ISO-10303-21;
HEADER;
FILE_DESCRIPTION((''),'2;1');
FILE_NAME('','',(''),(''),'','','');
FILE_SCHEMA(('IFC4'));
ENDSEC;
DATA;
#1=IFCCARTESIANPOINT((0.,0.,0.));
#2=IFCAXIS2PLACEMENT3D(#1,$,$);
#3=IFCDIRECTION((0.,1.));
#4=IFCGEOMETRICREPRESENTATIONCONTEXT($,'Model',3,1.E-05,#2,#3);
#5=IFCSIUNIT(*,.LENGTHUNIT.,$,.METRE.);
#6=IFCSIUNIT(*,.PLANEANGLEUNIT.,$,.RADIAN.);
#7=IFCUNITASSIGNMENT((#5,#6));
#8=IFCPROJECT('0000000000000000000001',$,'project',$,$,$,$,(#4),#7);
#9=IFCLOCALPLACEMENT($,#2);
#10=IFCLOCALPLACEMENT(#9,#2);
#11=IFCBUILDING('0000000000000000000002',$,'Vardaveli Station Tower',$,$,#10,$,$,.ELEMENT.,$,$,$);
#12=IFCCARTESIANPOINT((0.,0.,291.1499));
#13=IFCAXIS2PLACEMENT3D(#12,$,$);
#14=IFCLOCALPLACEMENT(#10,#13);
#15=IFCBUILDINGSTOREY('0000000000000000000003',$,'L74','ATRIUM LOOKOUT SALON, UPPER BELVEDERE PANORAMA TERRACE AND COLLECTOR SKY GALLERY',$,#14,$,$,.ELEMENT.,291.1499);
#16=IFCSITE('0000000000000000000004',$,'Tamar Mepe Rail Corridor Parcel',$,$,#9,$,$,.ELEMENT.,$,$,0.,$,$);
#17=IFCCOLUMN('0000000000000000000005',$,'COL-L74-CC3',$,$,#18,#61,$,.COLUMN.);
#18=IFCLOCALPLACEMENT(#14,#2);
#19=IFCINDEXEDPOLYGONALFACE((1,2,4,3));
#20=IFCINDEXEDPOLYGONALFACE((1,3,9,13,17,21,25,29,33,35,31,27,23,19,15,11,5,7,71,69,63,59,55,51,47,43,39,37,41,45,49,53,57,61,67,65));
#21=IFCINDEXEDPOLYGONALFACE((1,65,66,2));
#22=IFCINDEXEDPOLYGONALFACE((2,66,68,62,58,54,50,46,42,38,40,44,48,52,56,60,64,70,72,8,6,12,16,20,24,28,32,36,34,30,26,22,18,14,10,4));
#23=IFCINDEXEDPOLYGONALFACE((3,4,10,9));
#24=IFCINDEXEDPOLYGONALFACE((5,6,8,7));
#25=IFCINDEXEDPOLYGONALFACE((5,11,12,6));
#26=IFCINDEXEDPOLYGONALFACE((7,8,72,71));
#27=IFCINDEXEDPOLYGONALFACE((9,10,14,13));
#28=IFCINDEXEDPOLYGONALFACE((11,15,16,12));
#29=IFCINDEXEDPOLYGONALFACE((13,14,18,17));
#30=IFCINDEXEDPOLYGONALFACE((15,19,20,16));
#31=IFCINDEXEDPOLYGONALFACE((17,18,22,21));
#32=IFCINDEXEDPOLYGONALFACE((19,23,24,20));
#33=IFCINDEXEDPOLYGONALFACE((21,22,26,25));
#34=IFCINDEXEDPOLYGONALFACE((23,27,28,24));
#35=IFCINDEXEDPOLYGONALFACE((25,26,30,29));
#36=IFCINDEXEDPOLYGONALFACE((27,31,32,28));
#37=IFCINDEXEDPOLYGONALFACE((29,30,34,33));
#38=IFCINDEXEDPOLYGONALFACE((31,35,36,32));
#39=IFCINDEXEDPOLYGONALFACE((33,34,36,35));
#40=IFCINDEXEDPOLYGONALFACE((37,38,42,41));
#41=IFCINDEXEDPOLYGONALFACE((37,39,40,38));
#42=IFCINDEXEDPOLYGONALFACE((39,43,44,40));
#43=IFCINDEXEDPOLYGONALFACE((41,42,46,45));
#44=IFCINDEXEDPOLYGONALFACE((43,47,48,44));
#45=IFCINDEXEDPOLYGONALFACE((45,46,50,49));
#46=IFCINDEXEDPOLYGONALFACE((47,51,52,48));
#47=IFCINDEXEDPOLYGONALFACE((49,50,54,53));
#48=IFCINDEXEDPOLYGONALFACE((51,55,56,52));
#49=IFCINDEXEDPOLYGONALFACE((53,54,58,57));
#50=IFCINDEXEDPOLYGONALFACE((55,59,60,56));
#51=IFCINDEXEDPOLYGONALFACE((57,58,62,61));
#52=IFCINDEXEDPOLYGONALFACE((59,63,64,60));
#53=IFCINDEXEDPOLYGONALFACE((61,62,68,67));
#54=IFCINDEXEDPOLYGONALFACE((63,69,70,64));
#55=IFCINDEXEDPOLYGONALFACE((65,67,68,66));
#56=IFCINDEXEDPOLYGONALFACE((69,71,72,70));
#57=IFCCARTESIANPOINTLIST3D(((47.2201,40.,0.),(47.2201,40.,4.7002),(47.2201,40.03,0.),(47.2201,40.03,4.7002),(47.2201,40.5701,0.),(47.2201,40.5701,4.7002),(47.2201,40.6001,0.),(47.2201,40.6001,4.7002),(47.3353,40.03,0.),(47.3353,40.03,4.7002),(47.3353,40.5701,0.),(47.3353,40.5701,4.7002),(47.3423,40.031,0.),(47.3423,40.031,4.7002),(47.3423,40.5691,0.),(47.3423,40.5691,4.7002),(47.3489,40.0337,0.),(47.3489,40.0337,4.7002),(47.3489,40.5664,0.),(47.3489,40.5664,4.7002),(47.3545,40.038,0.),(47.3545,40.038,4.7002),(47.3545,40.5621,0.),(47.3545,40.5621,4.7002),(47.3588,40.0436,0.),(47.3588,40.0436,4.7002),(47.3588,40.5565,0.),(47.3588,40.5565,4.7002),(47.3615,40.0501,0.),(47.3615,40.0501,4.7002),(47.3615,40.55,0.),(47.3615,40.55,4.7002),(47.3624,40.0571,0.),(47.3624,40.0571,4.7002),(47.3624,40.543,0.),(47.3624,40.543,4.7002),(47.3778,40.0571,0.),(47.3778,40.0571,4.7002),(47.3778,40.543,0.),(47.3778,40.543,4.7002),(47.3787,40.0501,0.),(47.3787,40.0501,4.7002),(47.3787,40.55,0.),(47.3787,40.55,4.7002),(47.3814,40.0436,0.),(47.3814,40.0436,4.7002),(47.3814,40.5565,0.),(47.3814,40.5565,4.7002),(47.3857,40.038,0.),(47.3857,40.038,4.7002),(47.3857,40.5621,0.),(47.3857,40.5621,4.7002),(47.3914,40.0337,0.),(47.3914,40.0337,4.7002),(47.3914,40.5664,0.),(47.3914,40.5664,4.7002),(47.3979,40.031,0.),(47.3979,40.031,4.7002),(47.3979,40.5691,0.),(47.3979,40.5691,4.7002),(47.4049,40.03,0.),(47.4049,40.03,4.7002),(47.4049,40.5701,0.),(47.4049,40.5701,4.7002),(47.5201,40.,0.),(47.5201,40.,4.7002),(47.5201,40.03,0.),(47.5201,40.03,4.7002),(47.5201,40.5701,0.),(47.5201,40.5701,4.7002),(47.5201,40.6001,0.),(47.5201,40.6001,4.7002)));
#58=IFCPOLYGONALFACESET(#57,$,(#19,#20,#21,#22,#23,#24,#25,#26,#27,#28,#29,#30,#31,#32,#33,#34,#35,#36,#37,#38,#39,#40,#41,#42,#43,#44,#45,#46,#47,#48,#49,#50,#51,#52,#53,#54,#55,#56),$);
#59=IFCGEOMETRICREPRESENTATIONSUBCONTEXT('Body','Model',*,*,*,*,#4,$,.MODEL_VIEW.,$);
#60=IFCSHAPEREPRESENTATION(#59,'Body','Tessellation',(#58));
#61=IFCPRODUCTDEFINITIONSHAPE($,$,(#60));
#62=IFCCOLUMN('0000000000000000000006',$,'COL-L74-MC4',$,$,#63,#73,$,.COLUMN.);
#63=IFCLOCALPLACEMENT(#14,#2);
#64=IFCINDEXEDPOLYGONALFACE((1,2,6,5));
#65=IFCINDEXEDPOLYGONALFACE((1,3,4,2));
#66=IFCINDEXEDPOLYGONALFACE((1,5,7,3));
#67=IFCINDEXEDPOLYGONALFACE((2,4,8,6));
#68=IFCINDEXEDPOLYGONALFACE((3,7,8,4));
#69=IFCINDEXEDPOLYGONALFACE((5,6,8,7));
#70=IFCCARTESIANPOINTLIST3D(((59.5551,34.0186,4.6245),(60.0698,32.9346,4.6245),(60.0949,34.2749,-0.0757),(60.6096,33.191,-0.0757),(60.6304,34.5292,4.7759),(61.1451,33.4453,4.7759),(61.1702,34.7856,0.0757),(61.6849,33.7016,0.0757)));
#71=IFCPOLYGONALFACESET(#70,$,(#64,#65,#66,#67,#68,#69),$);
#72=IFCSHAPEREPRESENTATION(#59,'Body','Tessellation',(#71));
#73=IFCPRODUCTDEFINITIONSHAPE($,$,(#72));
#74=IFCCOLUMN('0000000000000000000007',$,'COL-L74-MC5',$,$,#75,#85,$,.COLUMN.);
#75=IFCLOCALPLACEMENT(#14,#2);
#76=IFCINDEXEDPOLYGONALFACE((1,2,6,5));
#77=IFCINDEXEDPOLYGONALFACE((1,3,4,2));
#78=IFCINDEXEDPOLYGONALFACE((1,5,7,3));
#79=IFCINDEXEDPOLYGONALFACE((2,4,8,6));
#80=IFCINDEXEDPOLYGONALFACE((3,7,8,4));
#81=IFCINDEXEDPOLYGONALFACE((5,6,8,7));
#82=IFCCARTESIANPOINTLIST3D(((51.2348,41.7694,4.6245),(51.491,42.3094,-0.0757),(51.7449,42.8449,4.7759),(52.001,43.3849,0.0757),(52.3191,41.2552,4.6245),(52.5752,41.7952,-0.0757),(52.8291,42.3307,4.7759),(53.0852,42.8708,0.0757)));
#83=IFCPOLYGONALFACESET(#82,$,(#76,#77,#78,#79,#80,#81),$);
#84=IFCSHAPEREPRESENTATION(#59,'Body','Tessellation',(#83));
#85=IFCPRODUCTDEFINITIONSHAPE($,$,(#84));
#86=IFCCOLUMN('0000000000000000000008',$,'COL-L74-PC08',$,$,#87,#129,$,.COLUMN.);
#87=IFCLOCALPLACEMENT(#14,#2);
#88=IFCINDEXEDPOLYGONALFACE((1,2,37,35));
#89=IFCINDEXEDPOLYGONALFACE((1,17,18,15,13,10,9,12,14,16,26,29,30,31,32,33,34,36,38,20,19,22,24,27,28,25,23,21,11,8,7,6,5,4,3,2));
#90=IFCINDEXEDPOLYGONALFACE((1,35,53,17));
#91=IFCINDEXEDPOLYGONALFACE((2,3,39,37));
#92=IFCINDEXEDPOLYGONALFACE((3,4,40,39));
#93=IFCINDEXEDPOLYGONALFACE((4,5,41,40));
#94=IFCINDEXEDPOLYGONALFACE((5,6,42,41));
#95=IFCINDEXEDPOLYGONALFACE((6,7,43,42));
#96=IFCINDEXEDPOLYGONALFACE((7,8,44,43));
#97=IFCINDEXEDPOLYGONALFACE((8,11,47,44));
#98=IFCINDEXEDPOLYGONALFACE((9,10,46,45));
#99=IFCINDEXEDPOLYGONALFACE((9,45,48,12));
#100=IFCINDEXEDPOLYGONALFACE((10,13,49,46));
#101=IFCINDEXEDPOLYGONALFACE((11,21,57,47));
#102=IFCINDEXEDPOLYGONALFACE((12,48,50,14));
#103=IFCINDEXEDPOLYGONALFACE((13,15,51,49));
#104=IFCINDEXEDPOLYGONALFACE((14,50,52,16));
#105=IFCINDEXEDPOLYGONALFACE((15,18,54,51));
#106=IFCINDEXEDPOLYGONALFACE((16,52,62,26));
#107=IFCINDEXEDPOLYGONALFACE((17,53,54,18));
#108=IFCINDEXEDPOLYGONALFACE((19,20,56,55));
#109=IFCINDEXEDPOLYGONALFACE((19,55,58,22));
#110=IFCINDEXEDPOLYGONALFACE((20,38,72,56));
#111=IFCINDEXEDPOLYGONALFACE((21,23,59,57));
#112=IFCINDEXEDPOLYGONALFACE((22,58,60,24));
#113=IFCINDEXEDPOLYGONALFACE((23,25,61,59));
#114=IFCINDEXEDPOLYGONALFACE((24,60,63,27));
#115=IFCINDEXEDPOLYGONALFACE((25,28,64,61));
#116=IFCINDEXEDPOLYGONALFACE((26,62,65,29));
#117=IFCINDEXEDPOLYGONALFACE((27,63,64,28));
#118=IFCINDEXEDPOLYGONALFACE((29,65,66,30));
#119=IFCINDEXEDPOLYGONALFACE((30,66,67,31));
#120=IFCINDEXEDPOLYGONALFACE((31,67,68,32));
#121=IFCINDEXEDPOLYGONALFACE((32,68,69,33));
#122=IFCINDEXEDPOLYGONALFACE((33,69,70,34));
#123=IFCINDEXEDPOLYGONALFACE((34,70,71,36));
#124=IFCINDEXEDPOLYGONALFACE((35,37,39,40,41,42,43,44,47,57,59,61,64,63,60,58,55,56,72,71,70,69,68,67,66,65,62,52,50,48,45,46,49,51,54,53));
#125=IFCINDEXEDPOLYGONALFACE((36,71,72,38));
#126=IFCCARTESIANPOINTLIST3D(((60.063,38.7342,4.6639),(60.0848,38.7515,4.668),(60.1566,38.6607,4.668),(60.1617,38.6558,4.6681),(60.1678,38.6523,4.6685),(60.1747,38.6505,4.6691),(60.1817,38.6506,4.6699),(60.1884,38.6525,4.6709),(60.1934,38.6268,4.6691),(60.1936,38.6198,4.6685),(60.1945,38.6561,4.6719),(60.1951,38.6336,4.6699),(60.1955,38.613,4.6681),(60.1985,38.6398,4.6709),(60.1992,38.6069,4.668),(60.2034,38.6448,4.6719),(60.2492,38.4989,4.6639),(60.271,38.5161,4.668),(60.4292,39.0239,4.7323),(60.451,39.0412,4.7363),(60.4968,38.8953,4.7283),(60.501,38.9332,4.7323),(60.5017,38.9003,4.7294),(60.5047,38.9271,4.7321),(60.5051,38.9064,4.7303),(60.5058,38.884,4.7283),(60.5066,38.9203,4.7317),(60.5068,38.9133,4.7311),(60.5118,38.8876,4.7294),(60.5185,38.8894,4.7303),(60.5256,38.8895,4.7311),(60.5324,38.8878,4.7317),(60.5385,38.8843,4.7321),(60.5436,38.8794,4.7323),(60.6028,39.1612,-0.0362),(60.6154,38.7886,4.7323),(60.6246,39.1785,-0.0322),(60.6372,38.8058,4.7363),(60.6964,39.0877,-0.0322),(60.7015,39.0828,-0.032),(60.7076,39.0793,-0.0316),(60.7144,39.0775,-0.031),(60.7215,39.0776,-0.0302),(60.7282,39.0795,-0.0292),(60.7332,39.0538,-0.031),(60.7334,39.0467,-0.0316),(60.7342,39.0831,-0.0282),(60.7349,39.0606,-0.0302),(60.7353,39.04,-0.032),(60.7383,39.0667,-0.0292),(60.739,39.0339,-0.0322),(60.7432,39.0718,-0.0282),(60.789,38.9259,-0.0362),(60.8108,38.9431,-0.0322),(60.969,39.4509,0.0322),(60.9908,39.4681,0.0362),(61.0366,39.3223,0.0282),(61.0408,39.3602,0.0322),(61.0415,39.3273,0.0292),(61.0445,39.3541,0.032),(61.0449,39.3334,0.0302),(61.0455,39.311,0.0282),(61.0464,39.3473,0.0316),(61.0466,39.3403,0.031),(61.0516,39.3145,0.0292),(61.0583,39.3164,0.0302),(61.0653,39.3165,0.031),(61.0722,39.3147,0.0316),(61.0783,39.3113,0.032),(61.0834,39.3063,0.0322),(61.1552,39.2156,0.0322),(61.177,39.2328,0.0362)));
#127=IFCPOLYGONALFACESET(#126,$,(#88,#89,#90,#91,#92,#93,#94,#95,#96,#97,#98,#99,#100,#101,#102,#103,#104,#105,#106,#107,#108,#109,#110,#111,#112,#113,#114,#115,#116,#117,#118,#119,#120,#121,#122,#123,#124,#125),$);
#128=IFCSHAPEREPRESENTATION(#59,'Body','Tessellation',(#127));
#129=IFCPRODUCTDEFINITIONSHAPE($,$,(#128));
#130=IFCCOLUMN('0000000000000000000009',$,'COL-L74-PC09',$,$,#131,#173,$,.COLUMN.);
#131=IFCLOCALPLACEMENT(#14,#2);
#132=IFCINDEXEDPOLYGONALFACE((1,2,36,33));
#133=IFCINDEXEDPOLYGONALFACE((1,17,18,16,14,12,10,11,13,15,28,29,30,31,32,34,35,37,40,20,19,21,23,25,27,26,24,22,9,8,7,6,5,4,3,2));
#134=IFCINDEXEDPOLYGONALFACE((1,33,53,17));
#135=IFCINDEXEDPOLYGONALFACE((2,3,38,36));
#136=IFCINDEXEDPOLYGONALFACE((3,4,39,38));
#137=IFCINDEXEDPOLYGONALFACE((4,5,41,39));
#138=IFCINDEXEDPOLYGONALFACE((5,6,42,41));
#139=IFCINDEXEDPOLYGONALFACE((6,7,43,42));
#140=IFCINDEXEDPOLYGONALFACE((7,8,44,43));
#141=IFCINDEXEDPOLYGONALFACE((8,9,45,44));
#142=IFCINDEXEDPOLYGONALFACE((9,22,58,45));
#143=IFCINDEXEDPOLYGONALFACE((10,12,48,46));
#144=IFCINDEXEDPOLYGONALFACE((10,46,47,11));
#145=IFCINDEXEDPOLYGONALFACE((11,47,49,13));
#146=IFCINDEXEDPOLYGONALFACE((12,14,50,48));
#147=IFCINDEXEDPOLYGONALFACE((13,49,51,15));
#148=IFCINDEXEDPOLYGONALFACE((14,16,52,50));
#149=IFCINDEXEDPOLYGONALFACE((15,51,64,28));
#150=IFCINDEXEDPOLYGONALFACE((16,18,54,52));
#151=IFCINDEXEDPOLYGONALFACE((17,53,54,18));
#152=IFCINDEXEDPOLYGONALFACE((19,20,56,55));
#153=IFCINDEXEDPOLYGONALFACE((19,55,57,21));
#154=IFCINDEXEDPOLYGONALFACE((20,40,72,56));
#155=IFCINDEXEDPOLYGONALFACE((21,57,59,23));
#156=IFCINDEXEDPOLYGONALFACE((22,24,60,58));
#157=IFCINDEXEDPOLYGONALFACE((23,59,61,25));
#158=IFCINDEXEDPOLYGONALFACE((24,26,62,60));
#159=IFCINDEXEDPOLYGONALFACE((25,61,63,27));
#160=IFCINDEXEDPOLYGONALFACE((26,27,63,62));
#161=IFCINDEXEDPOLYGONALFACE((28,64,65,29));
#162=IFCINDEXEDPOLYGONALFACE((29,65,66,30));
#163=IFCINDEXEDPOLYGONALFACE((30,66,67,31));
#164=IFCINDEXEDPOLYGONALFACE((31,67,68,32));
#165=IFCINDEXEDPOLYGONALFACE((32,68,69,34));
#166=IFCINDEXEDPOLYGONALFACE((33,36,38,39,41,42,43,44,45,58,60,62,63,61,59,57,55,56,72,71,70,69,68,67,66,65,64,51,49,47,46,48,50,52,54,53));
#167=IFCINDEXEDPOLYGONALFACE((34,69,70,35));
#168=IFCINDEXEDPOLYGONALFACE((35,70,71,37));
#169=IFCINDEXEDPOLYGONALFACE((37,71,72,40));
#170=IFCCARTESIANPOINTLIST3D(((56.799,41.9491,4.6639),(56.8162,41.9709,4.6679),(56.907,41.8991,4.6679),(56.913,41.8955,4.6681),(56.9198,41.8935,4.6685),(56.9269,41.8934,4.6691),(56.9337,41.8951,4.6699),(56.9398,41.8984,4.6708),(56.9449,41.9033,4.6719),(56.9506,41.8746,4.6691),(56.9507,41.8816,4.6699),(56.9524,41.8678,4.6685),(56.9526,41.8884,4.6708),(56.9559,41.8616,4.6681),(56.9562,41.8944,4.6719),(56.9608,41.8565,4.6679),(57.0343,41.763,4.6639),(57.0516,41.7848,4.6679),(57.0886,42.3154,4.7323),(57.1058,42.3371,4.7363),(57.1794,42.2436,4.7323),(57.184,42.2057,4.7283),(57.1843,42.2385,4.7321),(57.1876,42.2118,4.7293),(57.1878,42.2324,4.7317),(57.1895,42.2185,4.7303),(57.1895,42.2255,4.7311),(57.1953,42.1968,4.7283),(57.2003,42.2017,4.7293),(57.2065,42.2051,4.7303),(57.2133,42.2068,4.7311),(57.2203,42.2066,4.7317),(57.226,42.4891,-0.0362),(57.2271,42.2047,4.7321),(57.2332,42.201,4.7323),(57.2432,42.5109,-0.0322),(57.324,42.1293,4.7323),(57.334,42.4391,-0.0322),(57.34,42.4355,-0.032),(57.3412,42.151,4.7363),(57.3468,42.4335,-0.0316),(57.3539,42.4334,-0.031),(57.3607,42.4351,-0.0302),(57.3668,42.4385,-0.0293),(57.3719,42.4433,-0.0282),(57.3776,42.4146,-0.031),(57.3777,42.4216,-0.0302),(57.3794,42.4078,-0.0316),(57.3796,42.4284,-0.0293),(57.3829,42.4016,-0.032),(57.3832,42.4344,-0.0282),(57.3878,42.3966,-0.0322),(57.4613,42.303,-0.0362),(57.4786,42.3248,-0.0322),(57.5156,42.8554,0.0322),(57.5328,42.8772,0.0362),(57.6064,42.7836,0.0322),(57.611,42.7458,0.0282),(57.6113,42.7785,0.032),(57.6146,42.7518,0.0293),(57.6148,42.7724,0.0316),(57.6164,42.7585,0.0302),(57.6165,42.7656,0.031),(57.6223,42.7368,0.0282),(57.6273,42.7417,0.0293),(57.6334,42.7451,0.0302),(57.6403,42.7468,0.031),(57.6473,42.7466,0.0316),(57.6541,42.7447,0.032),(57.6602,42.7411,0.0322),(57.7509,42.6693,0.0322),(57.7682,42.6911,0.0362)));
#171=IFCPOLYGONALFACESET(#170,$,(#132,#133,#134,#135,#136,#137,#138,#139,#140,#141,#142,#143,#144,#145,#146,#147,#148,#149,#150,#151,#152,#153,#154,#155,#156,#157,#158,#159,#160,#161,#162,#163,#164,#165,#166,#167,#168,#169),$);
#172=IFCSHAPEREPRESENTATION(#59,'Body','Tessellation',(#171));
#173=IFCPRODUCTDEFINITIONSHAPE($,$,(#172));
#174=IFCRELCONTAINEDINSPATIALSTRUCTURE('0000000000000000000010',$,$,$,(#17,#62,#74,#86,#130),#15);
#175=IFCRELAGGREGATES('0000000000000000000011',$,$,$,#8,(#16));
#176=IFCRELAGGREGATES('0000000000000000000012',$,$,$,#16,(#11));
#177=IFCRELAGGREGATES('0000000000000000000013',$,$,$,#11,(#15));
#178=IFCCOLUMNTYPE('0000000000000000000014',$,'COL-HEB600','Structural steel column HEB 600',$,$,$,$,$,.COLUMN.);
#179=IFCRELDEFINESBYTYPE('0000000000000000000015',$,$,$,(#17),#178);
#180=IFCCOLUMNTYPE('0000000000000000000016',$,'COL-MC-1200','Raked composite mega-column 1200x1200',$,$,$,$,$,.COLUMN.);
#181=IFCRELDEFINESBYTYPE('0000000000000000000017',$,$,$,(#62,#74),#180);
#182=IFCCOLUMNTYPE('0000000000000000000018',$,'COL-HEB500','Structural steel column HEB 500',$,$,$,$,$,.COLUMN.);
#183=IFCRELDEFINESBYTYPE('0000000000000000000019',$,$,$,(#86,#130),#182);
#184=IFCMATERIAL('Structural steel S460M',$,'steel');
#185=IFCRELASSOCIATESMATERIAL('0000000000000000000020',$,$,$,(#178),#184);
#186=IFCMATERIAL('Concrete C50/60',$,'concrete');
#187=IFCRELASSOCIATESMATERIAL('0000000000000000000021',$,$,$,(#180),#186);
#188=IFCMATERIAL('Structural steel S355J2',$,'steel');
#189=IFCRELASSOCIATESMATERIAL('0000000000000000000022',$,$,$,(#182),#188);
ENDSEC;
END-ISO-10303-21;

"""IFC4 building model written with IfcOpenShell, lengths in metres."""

from ifc_helpers import new_model, si_unit, direction, frame, origin, origin_2d, place, context, subcontext, project, spatial, rectangle, i_section, extrude, source, transform, mapped, material, material_profile, profile_set, type_object, element, save


model = new_model("IFC4")

# Units and contexts
model_context = context("Model", 3, precision=1e-05, world=origin(), true_north=direction((0.0, 1.0)))
body_context = subcontext(model_context, "Body", "Model", "MODEL_VIEW")
ifc_project = project(units=[si_unit("LENGTHUNIT", "METRE"), si_unit("PLANEANGLEUNIT", "RADIAN")], contexts=[model_context])

# Site, building, storey
site_placement = place(None, origin())
site = spatial("IfcSite", under=ifc_project, at=site_placement, Name="Tamar Mepe Rail Corridor Parcel", CompositionType="ELEMENT", RefElevation=0.0)
building_placement = place(site_placement, origin())
building = spatial("IfcBuilding", under=site, at=building_placement, Name="Vardaveli Station Tower", CompositionType="ELEMENT")
storey_placement = place(building_placement, frame((0.0, 0.0, 291.1499)))
storey = spatial("IfcBuildingStorey", under=building, at=storey_placement, Name="L74", Description="ATRIUM LOOKOUT SALON, UPPER BELVEDERE PANORAMA TERRACE AND COLLECTOR SKY GALLERY", CompositionType="ELEMENT", Elevation=291.1499)

# Columns
ifc_material_1 = material(Name="Structural steel S460M", Category="steel")
ifc_material_profile_1 = material_profile(ifc_material_1, i_section(OverallWidth=0.3, OverallDepth=0.6001, WebThickness=0.0154, FlangeThickness=0.03, FilletRadius=0.0271, at=origin_2d()), Name="HEB 600")
ifc_profile_set_1 = profile_set([ifc_material_profile_1], Name="Structural steel S460M")
column_type_1 = type_object("IfcColumnType", Name="COL-HEB600", Description="Structural steel column HEB 600", PredefinedType="COLUMN", material=ifc_profile_set_1)
shared_shape_1 = source(origin(), body_context, "Body", "SweptSolid", [
    extrude(i_section(OverallWidth=0.3, OverallDepth=0.6001, WebThickness=0.0154, FlangeThickness=0.03, FilletRadius=0.0271, at=origin_2d()), origin(), (0.0, 0.0, 1.0), 4.7002),
])
column_placement = place(storey_placement, frame((47.3701, 40.3, 0.0), z_axis=(0.0, 0.0, 1.0), x_axis=(1.0, 0.0, 0.0)))
element("IfcColumn", 1, at=column_placement, inside=storey, type_object=column_type_1, Name="COL-L74-CC3", PredefinedType="COLUMN", context=body_context, shape_type="MappedRepresentation", body=[
    mapped(shared_shape_1, transform((0.0, 0.0, 0.0), scale=1.0)),
])
ifc_material_2 = material(Name="Concrete C50/60", Category="concrete")
ifc_material_profile_2 = material_profile(ifc_material_2, rectangle(XDim=1.2, YDim=1.2, at=origin_2d()), Name="MC 1200x1200")
ifc_profile_set_2 = profile_set([ifc_material_profile_2], Name="Concrete C50/60")
column_type_2 = type_object("IfcColumnType", Name="COL-MC-1200", Description="Raked composite mega-column 1200x1200", PredefinedType="COLUMN", material=ifc_profile_set_2)
shared_shape_2 = source(origin(), body_context, "Body", "SweptSolid", [
    extrude(rectangle(XDim=1.2, YDim=1.2, at=origin_2d()), origin(), (0.0, 0.0, 1.0), 4.738),
])
for number, where, z_axis, x_axis, name in (
    (2, (60.8899, 33.9883, 0.0), (-0.113928, -0.054104, 0.992015), (0.428982, -0.903313, 0.0), "COL-L74-MC4"),
    (3, (52.2881, 42.5901, 0.0), (-0.054053, -0.113979, 0.992012), (0.903546, -0.42849, 0.0), "COL-L74-MC5"),
):
    element("IfcColumn", number, at=place(storey_placement, frame(where, z_axis=z_axis, x_axis=x_axis)), inside=storey, type_object=column_type_2, Name=name, PredefinedType="COLUMN", context=body_context, shape_type="MappedRepresentation", body=[
        mapped(shared_shape_2, transform((0.0, 0.0, 0.0), scale=1.0)),
    ])
ifc_material_3 = material(Name="Structural steel S355J2", Category="steel")
ifc_material_profile_3 = material_profile(ifc_material_3, i_section(OverallWidth=0.3, OverallDepth=0.5, WebThickness=0.0144, FlangeThickness=0.0281, FilletRadius=0.0271, at=origin_2d()), Name="HEB 500")
ifc_profile_set_3 = profile_set([ifc_material_profile_3], Name="Structural steel S355J2")
column_type_3 = type_object("IfcColumnType", Name="COL-HEB500", Description="Structural steel column HEB 500", PredefinedType="COLUMN", material=ifc_profile_set_3)
shared_shape_3 = source(origin(), body_context, "Body", "SweptSolid", [
    extrude(i_section(OverallWidth=0.3, OverallDepth=0.5, WebThickness=0.0144, FlangeThickness=0.0281, FilletRadius=0.0271, at=origin_2d()), origin(), (0.0, 0.0, 1.0), 4.7502),
])
for number, where, z_axis, x_axis, name in (
    (4, (60.8899, 39.197, 0.0), (-0.113633, -0.089889, 0.989448), (0.620403, -0.784283, 0.0), "COL-L74-PC08"),
    (5, (57.4971, 42.5901, 0.0), (-0.089889, -0.113684, 0.989442), (0.78442, -0.620231, 0.0), "COL-L74-PC09"),
):
    element("IfcColumn", number, at=place(storey_placement, frame(where, z_axis=z_axis, x_axis=x_axis)), inside=storey, type_object=column_type_3, Name=name, PredefinedType="COLUMN", context=body_context, shape_type="MappedRepresentation", body=[
        mapped(shared_shape_3, transform((0.0, 0.0, 0.0), scale=1.0)),
    ])

save(model, "model.ifc")
